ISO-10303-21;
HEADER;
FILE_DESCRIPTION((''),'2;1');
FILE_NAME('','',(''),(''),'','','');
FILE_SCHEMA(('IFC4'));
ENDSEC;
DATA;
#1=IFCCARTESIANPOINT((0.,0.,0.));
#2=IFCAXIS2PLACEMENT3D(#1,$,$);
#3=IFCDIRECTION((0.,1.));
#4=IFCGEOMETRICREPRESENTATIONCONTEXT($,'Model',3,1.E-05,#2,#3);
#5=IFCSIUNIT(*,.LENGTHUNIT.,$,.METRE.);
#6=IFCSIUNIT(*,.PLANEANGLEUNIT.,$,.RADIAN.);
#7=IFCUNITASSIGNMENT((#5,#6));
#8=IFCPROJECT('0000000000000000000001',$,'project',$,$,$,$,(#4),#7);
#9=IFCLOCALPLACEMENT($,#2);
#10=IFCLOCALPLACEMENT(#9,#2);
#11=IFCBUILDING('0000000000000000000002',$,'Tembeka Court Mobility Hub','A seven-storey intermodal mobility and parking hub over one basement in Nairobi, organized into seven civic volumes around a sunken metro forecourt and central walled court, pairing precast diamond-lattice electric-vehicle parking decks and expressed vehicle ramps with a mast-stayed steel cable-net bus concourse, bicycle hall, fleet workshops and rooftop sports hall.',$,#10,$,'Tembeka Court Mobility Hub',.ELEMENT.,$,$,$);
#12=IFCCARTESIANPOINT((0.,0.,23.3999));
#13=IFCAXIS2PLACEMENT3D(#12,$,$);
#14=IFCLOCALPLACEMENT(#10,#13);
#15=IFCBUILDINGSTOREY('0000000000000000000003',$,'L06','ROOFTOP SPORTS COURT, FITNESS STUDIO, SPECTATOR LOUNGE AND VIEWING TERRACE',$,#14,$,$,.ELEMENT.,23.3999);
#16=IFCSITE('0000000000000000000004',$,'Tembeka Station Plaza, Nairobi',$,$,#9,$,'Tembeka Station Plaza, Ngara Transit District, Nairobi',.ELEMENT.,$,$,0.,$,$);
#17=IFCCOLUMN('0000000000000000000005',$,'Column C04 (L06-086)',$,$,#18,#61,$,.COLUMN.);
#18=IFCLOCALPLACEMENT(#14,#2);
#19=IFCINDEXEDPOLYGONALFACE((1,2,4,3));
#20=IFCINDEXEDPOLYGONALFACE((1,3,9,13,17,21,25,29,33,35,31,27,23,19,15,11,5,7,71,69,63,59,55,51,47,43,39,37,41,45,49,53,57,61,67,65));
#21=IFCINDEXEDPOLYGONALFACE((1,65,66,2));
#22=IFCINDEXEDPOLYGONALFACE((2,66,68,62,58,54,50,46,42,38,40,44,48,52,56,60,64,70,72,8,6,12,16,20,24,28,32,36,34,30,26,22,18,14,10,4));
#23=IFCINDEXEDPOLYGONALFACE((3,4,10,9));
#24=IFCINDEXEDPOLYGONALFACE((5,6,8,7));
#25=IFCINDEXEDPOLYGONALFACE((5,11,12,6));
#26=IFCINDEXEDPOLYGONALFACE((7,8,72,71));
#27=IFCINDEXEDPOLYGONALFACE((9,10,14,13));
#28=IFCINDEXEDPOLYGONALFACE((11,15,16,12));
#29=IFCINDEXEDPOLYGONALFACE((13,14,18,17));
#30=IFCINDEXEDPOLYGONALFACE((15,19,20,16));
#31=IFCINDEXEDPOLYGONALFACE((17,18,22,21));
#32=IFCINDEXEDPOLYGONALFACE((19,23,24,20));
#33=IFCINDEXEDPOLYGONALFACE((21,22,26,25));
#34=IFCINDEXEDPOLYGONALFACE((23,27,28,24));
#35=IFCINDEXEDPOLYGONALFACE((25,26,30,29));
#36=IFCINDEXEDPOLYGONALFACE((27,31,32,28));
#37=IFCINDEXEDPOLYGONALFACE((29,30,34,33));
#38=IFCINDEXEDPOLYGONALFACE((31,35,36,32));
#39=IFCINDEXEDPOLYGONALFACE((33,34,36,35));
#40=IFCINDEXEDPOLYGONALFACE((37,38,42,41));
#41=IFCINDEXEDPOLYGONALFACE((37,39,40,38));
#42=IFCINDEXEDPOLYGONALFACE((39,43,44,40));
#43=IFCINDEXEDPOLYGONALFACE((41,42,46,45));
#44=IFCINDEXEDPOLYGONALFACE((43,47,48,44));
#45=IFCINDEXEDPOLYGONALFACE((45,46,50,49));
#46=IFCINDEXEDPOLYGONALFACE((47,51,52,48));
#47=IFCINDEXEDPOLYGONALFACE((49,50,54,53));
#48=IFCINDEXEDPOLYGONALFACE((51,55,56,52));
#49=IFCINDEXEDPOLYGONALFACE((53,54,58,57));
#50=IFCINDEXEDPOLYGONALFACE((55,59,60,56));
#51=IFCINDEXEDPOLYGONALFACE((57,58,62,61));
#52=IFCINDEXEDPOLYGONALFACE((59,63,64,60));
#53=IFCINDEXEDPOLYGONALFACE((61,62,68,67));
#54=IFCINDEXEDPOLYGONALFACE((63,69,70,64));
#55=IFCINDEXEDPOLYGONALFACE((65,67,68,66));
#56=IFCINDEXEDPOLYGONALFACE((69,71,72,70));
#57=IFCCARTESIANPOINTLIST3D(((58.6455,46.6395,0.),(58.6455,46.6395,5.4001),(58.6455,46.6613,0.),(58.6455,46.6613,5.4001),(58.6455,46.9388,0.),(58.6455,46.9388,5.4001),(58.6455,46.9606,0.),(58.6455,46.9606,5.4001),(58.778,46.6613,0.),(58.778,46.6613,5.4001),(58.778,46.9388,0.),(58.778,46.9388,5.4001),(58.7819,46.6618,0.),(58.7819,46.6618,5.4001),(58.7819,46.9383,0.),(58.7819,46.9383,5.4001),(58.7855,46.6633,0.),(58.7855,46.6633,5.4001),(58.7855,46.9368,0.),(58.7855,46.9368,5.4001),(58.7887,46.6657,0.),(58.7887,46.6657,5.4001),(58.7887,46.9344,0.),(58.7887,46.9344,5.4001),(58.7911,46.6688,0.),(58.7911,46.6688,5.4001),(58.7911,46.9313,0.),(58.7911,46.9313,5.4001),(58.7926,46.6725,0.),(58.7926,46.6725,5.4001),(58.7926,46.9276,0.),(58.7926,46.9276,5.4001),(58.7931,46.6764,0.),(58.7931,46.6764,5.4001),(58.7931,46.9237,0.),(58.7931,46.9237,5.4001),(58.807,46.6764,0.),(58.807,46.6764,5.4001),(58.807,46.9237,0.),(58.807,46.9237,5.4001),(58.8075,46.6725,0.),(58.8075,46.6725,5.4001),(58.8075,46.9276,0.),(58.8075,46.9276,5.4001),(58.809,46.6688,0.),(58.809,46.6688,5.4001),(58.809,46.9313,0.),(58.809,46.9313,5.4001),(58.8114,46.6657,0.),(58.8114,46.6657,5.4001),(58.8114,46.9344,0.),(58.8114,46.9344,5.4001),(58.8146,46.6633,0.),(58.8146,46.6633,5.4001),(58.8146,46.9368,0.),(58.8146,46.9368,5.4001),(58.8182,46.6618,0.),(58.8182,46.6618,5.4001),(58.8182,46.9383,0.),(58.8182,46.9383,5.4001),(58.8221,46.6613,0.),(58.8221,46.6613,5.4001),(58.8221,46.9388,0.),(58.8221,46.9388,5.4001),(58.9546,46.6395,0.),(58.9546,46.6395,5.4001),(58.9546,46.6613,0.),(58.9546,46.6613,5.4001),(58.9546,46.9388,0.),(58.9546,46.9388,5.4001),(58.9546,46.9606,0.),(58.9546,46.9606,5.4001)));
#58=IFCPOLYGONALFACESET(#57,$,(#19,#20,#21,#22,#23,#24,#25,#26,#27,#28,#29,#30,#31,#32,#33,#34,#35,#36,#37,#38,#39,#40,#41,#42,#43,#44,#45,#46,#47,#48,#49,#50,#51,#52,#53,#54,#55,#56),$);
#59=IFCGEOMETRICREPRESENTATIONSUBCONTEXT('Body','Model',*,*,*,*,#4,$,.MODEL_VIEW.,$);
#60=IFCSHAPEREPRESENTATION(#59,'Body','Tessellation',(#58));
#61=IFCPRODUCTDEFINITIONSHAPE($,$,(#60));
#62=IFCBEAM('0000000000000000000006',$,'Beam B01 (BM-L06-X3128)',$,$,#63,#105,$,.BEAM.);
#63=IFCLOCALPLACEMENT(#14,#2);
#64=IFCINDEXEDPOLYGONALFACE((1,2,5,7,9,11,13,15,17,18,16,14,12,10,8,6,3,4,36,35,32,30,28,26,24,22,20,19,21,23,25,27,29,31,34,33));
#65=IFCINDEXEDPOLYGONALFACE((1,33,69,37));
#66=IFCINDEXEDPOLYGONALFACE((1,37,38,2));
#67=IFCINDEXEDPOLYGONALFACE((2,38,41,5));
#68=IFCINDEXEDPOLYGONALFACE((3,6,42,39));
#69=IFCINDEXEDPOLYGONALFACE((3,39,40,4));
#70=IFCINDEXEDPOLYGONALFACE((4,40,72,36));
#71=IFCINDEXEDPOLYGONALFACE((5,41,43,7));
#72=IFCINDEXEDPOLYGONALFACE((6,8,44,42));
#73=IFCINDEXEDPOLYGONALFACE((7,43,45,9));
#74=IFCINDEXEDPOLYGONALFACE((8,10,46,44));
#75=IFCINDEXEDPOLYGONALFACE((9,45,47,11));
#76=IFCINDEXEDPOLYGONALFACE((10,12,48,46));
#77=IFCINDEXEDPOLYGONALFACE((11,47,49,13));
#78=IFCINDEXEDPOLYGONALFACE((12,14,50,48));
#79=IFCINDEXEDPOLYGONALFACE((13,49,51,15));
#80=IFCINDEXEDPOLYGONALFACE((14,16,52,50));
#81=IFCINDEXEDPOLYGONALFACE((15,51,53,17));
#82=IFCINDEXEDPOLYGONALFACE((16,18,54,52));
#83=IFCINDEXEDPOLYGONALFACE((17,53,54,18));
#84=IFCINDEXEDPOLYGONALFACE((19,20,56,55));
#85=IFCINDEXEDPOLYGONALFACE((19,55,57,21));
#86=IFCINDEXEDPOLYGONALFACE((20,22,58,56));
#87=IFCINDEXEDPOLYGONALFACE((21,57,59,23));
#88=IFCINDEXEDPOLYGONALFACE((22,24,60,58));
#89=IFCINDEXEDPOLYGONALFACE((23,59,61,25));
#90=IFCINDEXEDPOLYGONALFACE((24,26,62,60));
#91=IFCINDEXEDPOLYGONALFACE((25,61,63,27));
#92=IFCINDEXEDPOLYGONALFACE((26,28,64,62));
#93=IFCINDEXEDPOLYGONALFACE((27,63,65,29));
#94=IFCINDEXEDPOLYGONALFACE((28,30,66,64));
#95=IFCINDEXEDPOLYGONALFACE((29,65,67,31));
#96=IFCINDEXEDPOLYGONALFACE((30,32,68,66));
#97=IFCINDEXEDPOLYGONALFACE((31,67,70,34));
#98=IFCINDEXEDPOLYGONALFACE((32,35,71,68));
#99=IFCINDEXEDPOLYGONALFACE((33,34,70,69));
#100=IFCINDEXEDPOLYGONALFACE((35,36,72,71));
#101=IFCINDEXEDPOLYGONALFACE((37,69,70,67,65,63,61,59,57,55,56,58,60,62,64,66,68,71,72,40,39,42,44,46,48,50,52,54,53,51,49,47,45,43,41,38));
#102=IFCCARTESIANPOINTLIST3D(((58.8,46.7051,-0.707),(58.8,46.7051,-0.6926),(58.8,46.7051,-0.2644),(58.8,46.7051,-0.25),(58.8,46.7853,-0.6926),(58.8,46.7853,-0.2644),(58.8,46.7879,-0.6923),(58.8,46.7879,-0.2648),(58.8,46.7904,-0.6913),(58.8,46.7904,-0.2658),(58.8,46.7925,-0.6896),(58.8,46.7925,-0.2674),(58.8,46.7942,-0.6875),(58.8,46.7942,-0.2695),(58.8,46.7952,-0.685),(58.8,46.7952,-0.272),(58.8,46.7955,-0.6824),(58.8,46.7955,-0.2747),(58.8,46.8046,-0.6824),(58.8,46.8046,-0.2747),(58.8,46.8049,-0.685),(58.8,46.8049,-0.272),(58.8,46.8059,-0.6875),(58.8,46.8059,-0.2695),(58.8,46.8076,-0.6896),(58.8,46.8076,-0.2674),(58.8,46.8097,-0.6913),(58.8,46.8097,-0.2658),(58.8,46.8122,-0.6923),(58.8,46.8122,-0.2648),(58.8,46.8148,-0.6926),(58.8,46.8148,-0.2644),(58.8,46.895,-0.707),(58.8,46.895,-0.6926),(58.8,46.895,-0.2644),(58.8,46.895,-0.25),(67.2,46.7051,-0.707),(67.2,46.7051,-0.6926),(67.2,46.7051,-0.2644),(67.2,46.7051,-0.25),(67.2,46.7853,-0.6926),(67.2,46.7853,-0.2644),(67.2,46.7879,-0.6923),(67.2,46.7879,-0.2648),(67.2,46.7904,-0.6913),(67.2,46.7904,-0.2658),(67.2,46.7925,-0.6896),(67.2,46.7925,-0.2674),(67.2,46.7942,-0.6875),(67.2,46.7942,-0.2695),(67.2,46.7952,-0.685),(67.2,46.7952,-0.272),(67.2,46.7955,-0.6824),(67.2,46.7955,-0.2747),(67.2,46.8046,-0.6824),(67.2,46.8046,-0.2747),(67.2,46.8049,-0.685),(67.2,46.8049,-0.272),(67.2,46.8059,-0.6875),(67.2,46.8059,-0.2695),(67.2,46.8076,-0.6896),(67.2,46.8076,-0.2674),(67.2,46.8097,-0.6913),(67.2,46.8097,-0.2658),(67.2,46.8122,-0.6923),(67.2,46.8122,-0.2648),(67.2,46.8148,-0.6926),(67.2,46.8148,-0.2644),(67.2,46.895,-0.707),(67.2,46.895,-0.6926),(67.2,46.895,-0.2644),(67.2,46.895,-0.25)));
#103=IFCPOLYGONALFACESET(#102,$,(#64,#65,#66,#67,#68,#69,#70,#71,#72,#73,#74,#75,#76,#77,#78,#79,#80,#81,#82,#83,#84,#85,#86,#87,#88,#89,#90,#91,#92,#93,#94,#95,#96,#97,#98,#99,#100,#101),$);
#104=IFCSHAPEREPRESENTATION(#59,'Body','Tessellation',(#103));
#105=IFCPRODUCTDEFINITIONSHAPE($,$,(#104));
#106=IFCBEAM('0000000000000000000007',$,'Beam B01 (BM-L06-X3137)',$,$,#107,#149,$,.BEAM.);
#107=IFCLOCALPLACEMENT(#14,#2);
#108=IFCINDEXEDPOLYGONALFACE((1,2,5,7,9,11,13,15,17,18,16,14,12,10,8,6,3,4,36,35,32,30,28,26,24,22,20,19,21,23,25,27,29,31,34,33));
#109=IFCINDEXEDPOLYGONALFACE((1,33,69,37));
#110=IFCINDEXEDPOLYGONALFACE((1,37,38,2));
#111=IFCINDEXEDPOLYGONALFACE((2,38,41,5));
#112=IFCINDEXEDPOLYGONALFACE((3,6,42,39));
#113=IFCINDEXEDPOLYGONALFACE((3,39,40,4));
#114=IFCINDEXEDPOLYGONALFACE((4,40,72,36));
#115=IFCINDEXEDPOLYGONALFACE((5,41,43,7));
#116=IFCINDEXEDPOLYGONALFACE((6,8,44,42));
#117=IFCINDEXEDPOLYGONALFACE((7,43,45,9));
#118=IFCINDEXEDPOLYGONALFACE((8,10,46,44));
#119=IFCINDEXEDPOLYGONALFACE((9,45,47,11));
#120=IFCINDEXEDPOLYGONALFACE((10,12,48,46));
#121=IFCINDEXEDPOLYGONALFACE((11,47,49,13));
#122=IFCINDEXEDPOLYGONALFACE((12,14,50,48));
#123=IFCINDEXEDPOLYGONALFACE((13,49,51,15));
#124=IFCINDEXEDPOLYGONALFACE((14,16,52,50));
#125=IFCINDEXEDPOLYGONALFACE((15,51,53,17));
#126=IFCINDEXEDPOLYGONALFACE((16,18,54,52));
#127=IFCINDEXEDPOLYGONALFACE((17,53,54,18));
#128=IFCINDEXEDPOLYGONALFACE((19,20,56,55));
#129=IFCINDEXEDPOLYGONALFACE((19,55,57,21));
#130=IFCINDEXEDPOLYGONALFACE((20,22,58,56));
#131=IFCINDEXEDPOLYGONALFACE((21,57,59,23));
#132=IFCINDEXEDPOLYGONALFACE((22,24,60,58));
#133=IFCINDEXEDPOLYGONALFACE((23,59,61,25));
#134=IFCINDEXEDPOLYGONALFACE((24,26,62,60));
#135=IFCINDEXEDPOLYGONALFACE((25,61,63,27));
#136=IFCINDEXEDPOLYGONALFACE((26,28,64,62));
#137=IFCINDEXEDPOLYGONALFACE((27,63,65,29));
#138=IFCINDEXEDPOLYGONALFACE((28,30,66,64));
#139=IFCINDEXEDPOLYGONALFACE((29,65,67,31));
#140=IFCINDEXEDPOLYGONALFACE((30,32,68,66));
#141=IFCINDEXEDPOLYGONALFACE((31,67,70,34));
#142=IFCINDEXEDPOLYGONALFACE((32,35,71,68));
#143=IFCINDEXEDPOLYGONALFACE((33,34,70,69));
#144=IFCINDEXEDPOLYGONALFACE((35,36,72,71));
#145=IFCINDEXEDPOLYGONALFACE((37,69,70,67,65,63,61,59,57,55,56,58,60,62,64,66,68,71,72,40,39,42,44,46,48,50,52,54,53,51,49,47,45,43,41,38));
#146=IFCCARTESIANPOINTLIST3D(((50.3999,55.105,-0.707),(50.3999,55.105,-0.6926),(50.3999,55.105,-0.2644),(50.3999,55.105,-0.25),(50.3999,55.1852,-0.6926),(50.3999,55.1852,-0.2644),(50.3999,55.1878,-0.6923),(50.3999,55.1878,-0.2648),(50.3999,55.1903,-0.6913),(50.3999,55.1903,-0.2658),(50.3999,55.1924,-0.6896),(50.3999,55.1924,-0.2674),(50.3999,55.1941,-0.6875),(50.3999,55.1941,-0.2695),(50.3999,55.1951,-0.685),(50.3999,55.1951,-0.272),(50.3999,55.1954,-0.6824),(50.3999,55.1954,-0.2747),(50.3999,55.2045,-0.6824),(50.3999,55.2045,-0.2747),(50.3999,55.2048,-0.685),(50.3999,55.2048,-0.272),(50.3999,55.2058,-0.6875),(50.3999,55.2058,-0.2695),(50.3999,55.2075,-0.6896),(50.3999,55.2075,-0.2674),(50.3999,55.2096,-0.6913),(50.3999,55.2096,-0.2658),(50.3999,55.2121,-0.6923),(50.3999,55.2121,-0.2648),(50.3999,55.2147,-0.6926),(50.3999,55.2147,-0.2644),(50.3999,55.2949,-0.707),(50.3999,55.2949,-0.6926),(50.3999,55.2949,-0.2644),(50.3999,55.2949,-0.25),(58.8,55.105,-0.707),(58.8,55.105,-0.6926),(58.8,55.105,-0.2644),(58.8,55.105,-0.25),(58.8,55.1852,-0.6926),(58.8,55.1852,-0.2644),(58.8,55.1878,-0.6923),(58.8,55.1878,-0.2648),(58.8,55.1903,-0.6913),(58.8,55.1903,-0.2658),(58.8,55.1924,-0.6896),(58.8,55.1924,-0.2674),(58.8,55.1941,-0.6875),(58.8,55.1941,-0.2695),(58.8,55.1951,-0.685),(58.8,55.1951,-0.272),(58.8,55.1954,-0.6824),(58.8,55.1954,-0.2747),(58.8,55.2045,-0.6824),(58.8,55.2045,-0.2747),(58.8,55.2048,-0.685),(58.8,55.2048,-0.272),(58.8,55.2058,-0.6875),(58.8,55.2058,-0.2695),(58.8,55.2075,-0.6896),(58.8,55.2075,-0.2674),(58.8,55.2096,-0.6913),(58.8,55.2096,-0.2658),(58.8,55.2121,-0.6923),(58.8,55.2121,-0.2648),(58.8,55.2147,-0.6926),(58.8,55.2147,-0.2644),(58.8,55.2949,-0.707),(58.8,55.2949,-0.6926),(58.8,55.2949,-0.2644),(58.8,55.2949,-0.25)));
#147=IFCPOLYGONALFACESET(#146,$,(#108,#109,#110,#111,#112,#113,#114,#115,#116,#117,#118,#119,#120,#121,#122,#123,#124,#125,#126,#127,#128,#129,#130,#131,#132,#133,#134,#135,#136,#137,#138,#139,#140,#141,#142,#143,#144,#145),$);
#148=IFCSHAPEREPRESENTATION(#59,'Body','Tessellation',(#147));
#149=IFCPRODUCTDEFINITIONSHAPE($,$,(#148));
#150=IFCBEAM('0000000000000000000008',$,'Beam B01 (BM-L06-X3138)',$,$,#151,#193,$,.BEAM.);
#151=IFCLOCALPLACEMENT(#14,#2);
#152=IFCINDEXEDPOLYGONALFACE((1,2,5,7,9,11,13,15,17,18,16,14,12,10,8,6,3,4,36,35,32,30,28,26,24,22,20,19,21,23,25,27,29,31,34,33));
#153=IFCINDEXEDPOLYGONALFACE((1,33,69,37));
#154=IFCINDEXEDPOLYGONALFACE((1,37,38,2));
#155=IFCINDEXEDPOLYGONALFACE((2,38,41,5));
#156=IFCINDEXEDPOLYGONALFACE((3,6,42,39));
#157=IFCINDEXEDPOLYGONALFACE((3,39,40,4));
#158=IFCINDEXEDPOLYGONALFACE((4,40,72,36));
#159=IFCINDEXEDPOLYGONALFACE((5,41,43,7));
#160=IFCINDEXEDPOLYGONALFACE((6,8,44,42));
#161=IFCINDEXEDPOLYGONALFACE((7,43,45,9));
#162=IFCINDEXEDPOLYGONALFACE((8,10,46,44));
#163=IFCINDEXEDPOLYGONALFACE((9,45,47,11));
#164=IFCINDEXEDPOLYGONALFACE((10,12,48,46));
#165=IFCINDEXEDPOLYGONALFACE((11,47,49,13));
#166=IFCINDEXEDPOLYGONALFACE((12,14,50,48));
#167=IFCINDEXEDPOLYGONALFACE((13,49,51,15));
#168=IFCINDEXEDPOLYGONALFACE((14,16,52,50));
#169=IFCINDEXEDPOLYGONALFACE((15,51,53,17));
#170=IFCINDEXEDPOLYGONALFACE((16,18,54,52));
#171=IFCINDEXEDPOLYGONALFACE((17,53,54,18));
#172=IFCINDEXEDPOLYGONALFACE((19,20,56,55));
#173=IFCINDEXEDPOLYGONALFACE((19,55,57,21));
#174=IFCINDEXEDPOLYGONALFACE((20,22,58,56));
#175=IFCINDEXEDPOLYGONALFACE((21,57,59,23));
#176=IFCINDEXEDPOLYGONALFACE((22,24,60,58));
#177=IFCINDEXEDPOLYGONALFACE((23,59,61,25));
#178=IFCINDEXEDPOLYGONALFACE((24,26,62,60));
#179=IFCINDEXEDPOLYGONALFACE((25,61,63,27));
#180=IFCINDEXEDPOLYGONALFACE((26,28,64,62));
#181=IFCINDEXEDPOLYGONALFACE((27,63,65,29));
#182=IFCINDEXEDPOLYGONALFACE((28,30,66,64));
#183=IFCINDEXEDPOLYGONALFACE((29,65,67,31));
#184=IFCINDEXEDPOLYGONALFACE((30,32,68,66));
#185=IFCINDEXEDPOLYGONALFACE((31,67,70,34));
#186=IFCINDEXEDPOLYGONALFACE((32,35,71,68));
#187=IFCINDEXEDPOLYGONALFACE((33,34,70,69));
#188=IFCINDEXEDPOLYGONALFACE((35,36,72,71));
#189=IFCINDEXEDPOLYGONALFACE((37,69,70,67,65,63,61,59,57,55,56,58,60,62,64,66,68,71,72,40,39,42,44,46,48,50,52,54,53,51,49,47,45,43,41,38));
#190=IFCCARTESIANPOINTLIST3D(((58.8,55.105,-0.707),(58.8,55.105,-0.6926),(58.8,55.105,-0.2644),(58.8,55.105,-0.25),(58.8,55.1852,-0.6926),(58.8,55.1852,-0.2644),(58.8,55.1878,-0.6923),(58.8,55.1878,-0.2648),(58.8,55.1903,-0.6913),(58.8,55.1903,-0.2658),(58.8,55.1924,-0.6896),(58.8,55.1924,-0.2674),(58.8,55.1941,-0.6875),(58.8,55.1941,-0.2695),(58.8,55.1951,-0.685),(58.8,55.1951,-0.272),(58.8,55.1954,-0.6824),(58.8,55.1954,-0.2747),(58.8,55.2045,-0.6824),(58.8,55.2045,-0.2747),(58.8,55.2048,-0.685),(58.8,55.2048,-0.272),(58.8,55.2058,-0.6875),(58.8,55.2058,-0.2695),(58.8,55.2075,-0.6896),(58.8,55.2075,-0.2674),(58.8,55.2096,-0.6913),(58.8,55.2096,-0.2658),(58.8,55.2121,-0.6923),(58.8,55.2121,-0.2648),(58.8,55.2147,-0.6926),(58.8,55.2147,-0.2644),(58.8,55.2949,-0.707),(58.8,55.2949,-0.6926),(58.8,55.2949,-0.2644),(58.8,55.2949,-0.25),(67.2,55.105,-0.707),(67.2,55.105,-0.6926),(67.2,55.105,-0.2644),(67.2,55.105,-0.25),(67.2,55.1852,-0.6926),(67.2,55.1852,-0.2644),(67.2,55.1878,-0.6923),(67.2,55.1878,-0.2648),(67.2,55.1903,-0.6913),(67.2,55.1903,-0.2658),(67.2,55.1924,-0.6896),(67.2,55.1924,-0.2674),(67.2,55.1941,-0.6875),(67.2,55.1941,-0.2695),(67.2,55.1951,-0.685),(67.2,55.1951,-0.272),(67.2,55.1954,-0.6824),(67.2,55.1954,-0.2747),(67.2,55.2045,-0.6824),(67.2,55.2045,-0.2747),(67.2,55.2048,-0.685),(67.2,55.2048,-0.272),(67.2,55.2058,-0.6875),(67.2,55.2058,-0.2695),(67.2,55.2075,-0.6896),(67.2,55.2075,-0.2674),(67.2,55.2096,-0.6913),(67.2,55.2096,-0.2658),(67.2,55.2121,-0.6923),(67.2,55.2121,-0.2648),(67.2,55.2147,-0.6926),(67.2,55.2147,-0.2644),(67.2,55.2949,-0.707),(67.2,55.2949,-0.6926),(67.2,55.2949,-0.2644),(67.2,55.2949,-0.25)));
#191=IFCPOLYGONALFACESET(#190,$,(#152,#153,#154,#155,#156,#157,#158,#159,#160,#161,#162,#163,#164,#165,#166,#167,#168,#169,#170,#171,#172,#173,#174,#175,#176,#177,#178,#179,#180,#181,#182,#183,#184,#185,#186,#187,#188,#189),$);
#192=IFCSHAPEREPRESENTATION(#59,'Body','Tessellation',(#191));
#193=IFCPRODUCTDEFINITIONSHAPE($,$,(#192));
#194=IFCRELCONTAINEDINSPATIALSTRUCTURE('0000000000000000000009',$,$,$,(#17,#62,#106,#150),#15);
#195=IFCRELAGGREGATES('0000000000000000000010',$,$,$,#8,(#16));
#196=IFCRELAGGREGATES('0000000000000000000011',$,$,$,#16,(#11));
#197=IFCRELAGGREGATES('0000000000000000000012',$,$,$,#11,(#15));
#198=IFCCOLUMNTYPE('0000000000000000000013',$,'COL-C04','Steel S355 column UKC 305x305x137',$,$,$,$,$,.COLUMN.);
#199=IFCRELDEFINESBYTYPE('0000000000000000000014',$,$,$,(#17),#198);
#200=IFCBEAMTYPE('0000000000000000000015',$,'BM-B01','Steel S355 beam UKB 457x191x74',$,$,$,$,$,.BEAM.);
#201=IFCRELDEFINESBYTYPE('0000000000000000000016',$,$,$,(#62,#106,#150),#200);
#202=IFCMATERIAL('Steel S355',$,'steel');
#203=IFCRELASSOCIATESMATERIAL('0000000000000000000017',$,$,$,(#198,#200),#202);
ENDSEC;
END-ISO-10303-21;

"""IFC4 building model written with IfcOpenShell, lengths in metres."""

from ifc_helpers import new_model, si_unit, direction, frame, origin, origin_2d, place, context, subcontext, project, spatial, i_section, extrude, material, material_profile, profile_set, type_object, element, save


model = new_model("IFC4")

# Units and contexts
model_context = context("Model", 3, precision=1e-05, world=origin(), true_north=direction((0.0, 1.0)))
body_context = subcontext(model_context, "Body", "Model", "MODEL_VIEW")
ifc_project = project(units=[si_unit("LENGTHUNIT", "METRE"), si_unit("PLANEANGLEUNIT", "RADIAN")], contexts=[model_context])

# Site, building, storey
site_placement = place(None, origin())
site = spatial("IfcSite", under=ifc_project, at=site_placement, Name="Tembeka Station Plaza, Nairobi", LongName="Tembeka Station Plaza, Ngara Transit District, Nairobi", CompositionType="ELEMENT", RefElevation=0.0)
building_placement = place(site_placement, origin())
building = spatial("IfcBuilding", under=site, at=building_placement, Name="Tembeka Court Mobility Hub", Description="A seven-storey intermodal mobility and parking hub over one basement in Nairobi, organized into seven civic volumes around a sunken metro forecourt and central walled court, pairing precast diamond-lattice electric-vehicle parking decks and expressed vehicle ramps with a mast-stayed steel cable-net bus concourse, bicycle hall, fleet workshops and rooftop sports hall.", LongName="Tembeka Court Mobility Hub", CompositionType="ELEMENT")
storey_placement = place(building_placement, frame((0.0, 0.0, 23.3999)))
storey = spatial("IfcBuildingStorey", under=building, at=storey_placement, Name="L06", Description="ROOFTOP SPORTS COURT, FITNESS STUDIO, SPECTATOR LOUNGE AND VIEWING TERRACE", CompositionType="ELEMENT", Elevation=23.3999)

# Column
ifc_material_1 = material(Name="Steel S355", Category="steel")
ifc_material_profile_1 = material_profile(ifc_material_1, i_section(OverallWidth=0.3091, OverallDepth=0.321, WebThickness=0.0139, FlangeThickness=0.0217, FilletRadius=0.0151, at=origin_2d()), Name="UKC 305x305x137")
ifc_profile_set_1 = profile_set([ifc_material_profile_1], Name="Steel S355")
column_type = type_object("IfcColumnType", Name="COL-C04", Description="Steel S355 column UKC 305x305x137", PredefinedType="COLUMN", material=ifc_profile_set_1)
column_placement = place(storey_placement, frame((58.8, 46.8, 0.0), z_axis=(0.0, 0.0, 1.0), x_axis=(1.0, 0.0, 0.0)))
element("IfcColumn", 1, at=column_placement, inside=storey, type_object=column_type, Name="Column C04 (L06-086)", PredefinedType="COLUMN", context=body_context, shape_type="SweptSolid", body=[
    extrude(i_section(OverallWidth=0.3091, OverallDepth=0.321, WebThickness=0.0139, FlangeThickness=0.0217, FilletRadius=0.0151, at=origin_2d()), origin(), (0.0, 0.0, 1.0), 5.4001),
])

# Beams
ifc_material_profile_2 = material_profile(ifc_material_1, i_section(OverallWidth=0.1899, OverallDepth=0.457, WebThickness=0.009, FlangeThickness=0.0144, FilletRadius=0.0103, at=origin_2d()), Name="UKB 457x191x74")
ifc_profile_set_2 = profile_set([ifc_material_profile_2], Name="Steel S355")
beam_type_1 = type_object("IfcBeamType", Name="BM-B01", Description="Steel S355 beam UKB 457x191x74", PredefinedType="BEAM", material=ifc_profile_set_2)
beam_1_placement = place(storey_placement, frame((58.8, 46.8, -0.4785), z_axis=(1.0, 0.0, 0.0), x_axis=(0.0, 1.0, 0.0)))
element("IfcBeam", 2, at=beam_1_placement, inside=storey, type_object=beam_type_1, Name="Beam B01 (BM-L06-X3128)", PredefinedType="BEAM", context=body_context, shape_type="SweptSolid", body=[
    extrude(i_section(OverallWidth=0.1899, OverallDepth=0.457, WebThickness=0.009, FlangeThickness=0.0144, FilletRadius=0.0103, at=origin_2d()), origin(), (0.0, 0.0, 1.0), 8.3999),
])
beam_2_placement = place(storey_placement, frame((50.3999, 55.2, -0.4785), z_axis=(1.0, 0.0, 0.0), x_axis=(0.0, 1.0, 0.0)))
element("IfcBeam", 3, at=beam_2_placement, inside=storey, type_object=beam_type_1, Name="Beam B01 (BM-L06-X3137)", PredefinedType="BEAM", context=body_context, shape_type="SweptSolid", body=[
    extrude(i_section(OverallWidth=0.1899, OverallDepth=0.457, WebThickness=0.009, FlangeThickness=0.0144, FilletRadius=0.0103, at=origin_2d()), origin(), (0.0, 0.0, 1.0), 8.4001),
])
beam_3_placement = place(storey_placement, frame((58.8, 55.2, -0.4785), z_axis=(1.0, 0.0, 0.0), x_axis=(0.0, 1.0, 0.0)))
element("IfcBeam", 4, at=beam_3_placement, inside=storey, type_object=beam_type_1, Name="Beam B01 (BM-L06-X3138)", PredefinedType="BEAM", context=body_context, shape_type="SweptSolid", body=[
    extrude(i_section(OverallWidth=0.1899, OverallDepth=0.457, WebThickness=0.009, FlangeThickness=0.0144, FilletRadius=0.0103, at=origin_2d()), origin(), (0.0, 0.0, 1.0), 8.3999),
])

save(model, "model.ifc")
